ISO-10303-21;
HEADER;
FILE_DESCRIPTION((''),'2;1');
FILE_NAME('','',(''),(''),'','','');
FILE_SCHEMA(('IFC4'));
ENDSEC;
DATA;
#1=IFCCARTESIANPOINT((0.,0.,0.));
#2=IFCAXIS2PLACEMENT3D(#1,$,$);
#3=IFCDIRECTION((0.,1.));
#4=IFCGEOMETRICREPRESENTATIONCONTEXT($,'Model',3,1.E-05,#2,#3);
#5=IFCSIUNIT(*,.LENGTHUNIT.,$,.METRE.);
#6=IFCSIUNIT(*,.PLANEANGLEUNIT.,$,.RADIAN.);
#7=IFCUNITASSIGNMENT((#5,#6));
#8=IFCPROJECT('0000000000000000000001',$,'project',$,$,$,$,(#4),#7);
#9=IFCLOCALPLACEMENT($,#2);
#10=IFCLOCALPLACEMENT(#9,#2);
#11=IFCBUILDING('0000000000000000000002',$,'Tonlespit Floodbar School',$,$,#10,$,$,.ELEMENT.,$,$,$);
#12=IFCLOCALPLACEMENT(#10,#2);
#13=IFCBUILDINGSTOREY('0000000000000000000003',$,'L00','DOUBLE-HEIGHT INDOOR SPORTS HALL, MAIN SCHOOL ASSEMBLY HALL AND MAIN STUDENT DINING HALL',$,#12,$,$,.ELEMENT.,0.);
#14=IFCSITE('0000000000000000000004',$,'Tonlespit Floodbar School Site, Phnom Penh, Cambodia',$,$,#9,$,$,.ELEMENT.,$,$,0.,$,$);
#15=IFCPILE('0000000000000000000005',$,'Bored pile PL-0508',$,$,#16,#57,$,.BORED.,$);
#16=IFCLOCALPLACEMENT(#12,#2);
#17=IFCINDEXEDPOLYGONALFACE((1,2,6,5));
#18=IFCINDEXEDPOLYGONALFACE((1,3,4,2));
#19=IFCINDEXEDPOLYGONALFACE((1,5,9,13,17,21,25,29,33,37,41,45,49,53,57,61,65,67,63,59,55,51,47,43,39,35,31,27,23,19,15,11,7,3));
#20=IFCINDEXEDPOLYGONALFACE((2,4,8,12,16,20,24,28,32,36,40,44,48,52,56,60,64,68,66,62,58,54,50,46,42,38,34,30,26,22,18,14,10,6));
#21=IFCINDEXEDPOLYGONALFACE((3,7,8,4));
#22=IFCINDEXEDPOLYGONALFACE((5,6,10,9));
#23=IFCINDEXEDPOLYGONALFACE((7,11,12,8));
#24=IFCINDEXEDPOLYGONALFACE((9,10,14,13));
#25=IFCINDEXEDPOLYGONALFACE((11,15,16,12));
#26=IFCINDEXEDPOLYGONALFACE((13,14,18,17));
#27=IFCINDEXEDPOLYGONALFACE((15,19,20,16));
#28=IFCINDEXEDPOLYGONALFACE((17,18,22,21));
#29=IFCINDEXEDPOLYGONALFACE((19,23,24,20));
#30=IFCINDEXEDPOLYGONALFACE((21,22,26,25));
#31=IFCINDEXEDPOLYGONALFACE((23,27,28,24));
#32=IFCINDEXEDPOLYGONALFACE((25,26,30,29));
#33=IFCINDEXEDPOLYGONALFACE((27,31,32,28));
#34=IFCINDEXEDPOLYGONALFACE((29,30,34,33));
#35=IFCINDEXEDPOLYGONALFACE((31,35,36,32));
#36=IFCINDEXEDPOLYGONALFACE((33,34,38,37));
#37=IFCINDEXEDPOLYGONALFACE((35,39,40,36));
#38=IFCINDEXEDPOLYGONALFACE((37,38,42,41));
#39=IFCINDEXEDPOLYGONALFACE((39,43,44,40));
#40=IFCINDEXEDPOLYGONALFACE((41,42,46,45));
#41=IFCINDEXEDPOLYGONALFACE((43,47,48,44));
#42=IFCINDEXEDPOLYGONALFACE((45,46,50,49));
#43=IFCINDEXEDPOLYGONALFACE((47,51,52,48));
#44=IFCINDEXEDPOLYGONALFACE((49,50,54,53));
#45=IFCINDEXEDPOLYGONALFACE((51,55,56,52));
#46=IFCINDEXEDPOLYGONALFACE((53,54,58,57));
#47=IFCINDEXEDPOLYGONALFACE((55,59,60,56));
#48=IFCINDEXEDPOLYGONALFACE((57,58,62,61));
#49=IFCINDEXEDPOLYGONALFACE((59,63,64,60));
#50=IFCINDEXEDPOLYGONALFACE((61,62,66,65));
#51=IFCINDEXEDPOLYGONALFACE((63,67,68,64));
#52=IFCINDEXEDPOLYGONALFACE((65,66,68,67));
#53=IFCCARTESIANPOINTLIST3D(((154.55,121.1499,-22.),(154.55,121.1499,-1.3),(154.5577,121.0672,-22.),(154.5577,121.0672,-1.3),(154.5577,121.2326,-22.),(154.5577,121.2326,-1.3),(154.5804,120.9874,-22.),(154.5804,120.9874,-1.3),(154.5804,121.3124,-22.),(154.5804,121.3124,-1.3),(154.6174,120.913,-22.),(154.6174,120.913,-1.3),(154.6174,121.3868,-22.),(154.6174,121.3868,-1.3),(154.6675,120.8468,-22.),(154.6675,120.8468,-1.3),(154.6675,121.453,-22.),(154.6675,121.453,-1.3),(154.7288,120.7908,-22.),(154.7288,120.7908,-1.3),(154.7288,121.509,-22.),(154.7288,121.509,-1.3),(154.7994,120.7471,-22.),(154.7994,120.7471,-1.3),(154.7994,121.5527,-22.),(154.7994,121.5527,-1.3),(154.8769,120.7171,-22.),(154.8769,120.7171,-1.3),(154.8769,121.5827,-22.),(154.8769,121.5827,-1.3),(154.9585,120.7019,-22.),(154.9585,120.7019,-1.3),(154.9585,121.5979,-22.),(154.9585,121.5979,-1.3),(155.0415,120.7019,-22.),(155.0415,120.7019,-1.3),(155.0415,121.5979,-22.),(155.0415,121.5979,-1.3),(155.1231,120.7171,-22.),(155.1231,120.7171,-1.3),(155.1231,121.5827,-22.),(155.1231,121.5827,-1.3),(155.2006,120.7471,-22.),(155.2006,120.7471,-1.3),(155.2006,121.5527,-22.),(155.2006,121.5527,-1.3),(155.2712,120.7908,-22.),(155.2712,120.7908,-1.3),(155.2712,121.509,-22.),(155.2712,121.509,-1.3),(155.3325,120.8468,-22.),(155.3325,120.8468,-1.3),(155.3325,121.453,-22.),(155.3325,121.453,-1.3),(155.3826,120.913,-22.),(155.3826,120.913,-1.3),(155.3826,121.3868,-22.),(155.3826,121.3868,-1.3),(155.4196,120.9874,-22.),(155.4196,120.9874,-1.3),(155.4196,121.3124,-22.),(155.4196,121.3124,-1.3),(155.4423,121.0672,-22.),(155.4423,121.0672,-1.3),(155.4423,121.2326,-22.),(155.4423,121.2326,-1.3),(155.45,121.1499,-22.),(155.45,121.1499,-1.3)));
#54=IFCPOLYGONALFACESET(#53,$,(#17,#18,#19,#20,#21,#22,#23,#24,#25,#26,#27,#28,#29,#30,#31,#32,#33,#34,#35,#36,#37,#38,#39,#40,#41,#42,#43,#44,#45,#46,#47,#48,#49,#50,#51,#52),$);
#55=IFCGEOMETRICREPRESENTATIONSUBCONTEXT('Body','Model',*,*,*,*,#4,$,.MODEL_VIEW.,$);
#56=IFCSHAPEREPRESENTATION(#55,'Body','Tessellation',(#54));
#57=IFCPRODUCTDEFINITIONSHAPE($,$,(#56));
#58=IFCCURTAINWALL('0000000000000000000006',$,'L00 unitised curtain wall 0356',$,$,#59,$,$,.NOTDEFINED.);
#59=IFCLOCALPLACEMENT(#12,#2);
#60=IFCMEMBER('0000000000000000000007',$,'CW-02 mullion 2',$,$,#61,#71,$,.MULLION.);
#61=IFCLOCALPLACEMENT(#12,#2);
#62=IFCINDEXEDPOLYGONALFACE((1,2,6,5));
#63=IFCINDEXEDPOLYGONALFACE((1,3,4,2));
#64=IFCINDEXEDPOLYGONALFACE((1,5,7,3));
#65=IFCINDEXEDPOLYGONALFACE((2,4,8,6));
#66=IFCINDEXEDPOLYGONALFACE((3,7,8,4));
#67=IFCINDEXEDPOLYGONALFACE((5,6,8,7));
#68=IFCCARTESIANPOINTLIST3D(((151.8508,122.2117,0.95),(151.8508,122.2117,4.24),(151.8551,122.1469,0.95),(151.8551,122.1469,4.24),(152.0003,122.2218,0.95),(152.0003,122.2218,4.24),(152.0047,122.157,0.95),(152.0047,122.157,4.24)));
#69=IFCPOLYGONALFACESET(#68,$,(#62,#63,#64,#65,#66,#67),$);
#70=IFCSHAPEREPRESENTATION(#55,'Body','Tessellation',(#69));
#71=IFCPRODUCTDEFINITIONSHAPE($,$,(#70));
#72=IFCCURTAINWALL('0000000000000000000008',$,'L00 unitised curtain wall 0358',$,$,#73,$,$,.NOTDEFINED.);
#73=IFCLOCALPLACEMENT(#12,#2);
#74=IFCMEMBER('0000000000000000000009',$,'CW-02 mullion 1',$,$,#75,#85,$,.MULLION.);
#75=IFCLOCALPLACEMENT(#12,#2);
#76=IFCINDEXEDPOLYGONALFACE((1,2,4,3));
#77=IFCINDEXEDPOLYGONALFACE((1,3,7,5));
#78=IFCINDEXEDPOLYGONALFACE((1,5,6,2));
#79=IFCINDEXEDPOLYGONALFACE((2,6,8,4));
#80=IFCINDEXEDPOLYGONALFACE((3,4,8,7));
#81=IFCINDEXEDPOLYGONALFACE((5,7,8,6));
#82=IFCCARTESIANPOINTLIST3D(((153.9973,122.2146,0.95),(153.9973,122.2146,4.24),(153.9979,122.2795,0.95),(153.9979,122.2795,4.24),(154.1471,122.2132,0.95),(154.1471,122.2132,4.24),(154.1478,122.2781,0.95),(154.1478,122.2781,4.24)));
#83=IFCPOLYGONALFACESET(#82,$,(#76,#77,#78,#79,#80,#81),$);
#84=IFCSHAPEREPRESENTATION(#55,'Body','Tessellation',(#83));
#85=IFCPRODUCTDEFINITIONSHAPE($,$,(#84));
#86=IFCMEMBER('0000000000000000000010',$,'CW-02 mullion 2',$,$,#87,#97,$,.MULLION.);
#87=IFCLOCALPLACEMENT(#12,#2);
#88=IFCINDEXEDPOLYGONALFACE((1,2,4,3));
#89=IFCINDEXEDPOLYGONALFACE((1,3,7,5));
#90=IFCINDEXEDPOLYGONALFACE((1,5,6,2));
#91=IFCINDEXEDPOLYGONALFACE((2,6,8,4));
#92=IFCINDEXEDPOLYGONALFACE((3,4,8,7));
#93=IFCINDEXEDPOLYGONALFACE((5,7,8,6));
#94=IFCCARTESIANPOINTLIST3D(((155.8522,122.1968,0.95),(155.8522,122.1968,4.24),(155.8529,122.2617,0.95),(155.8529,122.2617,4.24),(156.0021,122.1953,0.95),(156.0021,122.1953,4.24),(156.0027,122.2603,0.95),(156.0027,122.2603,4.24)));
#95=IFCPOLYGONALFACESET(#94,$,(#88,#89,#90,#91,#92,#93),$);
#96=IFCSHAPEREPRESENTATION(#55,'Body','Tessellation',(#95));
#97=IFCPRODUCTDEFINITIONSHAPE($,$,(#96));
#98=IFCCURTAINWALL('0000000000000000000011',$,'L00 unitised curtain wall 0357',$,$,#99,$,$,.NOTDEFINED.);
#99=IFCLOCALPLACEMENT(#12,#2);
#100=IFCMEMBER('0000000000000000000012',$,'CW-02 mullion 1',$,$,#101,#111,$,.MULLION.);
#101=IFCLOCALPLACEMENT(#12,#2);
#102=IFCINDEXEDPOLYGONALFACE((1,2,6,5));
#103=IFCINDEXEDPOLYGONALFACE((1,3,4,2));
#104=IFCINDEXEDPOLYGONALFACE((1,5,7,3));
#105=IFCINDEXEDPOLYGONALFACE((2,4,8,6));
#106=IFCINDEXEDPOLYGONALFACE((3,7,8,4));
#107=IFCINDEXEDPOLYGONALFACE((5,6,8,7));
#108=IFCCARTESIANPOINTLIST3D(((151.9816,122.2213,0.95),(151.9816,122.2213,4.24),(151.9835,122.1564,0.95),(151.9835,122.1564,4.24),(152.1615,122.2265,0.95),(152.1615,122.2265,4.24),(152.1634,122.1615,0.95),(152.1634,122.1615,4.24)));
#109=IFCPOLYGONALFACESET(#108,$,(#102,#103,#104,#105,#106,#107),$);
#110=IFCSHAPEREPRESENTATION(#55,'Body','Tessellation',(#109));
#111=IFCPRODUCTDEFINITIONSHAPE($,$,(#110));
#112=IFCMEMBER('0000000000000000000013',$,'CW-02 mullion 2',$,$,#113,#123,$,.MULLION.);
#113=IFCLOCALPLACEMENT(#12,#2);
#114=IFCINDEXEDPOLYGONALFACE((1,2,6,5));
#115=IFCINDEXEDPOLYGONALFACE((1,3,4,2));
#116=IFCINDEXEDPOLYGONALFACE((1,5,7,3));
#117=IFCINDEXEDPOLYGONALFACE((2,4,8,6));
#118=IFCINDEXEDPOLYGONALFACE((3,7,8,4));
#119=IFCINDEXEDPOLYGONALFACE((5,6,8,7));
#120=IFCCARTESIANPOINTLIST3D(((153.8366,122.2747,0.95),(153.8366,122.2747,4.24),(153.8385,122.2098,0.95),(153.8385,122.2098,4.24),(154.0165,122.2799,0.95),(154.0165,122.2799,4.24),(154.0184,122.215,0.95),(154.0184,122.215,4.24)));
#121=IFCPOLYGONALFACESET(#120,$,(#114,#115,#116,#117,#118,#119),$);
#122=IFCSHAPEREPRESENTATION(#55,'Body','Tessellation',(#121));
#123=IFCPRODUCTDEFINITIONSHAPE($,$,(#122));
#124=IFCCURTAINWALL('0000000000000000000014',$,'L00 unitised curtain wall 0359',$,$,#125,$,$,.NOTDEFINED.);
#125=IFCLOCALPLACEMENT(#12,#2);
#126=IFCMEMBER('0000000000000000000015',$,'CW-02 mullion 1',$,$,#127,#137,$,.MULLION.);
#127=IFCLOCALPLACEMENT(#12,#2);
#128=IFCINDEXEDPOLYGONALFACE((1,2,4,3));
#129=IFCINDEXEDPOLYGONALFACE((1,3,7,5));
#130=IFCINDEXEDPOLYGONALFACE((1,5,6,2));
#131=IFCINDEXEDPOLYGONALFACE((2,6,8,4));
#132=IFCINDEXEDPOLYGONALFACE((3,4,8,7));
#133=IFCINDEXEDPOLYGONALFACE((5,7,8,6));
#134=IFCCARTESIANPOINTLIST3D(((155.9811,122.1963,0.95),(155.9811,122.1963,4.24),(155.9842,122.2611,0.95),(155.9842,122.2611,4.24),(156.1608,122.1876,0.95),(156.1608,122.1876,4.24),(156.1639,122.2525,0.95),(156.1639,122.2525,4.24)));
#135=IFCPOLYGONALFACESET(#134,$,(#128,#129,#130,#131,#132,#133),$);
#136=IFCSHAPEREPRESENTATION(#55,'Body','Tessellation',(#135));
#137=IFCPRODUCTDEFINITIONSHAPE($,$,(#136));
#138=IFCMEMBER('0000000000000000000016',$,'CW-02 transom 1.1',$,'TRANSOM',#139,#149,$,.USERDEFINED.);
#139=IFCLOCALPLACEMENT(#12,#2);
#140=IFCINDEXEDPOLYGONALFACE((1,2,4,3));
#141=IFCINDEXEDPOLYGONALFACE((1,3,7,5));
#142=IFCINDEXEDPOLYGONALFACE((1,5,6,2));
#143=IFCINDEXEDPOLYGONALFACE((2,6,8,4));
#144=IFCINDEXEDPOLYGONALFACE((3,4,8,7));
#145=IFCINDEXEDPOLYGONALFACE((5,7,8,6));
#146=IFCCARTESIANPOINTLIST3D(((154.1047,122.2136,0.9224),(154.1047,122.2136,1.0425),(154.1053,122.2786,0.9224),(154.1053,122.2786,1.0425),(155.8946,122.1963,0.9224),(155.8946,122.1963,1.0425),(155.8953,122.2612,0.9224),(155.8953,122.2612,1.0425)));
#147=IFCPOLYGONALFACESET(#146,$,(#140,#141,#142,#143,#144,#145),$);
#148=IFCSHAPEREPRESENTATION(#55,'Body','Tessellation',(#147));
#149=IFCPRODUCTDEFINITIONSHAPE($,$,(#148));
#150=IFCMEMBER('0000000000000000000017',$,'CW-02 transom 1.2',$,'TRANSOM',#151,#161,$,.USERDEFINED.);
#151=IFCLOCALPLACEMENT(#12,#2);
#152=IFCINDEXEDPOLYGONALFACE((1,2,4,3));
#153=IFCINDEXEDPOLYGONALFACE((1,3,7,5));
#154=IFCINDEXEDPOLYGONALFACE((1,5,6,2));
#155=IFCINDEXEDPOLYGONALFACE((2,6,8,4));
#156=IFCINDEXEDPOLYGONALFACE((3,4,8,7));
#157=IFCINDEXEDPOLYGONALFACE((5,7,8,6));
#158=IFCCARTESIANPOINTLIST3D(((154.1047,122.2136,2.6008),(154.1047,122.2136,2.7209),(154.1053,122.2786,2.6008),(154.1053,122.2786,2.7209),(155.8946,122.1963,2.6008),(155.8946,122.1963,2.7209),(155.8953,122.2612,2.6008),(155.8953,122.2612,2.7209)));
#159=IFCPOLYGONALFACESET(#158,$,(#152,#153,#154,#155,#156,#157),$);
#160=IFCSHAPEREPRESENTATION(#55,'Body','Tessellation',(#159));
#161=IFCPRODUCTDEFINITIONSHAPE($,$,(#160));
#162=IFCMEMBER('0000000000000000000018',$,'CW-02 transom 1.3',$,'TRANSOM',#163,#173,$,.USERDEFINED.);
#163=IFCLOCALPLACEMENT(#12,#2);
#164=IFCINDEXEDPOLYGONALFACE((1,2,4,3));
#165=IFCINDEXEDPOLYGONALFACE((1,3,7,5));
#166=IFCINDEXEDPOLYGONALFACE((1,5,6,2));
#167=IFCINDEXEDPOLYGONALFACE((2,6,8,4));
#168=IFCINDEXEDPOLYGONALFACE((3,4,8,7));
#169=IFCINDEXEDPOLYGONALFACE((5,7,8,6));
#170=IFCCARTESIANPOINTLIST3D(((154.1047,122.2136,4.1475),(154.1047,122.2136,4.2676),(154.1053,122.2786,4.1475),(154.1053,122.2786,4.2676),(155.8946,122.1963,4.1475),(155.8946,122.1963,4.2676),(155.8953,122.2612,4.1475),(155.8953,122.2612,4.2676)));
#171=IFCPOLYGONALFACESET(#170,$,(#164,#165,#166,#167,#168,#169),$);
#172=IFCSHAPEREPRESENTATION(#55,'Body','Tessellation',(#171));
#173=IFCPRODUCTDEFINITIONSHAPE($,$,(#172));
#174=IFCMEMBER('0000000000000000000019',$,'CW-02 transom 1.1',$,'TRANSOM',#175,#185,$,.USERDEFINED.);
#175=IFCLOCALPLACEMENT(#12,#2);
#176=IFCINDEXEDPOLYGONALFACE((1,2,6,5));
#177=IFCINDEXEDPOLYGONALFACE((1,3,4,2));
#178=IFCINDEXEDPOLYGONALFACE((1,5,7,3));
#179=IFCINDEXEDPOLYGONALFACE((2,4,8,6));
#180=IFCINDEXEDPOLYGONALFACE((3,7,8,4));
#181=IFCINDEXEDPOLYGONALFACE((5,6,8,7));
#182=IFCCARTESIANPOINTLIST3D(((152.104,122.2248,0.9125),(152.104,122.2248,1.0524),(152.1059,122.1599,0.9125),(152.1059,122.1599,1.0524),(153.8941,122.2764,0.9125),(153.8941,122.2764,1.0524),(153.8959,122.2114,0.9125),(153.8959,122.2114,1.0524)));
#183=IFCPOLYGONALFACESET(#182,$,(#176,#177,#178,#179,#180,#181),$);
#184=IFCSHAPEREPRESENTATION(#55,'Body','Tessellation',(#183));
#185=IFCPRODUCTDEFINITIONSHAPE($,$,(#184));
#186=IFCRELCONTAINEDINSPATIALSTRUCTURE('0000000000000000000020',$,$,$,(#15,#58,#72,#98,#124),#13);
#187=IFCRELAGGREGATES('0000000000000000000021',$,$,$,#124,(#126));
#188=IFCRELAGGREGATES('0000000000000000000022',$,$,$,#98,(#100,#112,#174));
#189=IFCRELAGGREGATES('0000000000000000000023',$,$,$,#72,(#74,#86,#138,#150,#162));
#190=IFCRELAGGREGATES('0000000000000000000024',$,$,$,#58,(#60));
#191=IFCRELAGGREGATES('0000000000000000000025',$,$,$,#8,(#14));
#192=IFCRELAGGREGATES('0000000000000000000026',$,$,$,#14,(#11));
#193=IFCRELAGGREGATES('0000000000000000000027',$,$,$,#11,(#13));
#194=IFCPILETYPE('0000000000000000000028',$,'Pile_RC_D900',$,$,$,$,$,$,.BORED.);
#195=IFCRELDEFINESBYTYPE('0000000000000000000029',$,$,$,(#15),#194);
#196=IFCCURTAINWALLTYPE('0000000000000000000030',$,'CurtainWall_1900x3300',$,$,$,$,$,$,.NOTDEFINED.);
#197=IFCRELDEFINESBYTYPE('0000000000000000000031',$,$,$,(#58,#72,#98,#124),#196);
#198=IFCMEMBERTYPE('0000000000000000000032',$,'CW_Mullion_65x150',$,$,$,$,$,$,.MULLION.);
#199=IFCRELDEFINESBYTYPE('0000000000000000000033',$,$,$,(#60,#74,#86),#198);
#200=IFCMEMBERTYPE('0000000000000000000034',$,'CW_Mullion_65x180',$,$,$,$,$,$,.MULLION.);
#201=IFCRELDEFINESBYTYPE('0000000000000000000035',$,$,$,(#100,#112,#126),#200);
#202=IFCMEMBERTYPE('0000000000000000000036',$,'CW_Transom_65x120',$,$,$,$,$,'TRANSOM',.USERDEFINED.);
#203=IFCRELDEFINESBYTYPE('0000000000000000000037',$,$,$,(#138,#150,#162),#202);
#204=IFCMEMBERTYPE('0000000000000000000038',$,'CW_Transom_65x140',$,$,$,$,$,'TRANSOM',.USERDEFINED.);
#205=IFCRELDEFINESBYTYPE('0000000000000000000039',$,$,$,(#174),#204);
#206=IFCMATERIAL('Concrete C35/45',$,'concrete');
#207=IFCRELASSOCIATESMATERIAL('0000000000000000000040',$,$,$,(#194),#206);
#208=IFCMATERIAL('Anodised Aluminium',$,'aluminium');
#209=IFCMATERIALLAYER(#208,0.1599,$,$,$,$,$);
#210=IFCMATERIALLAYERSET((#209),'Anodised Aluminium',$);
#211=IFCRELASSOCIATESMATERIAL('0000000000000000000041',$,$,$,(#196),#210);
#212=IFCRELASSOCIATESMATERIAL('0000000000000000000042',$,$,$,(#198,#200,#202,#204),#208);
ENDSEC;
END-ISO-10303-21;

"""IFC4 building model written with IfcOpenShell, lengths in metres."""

from ifc_helpers import new_model, si_unit, direction, frame, origin, origin_2d, place, context, subcontext, project, spatial, rectangle, circle, extrude, material, layer, layer_set, material_profile, profile_set, type_object, element, aggregate, save


model = new_model("IFC4")

# Units and contexts
model_context = context("Model", 3, precision=1e-05, world=origin(), true_north=direction((0.0, 1.0)))
body_context = subcontext(model_context, "Body", "Model", "MODEL_VIEW")
ifc_project = project(units=[si_unit("LENGTHUNIT", "METRE"), si_unit("PLANEANGLEUNIT", "RADIAN")], contexts=[model_context])

# Site, building, storey
site_placement = place(None, origin())
site = spatial("IfcSite", under=ifc_project, at=site_placement, Name="Tonlespit Floodbar School Site, Phnom Penh, Cambodia", CompositionType="ELEMENT", RefElevation=0.0)
building_placement = place(site_placement, origin())
building = spatial("IfcBuilding", under=site, at=building_placement, Name="Tonlespit Floodbar School", CompositionType="ELEMENT")
storey_placement = place(building_placement, origin())
storey = spatial("IfcBuildingStorey", under=building, at=storey_placement, Name="L00", Description="DOUBLE-HEIGHT INDOOR SPORTS HALL, MAIN SCHOOL ASSEMBLY HALL AND MAIN STUDENT DINING HALL", CompositionType="ELEMENT", Elevation=0.0)

# Pile
ifc_material_1 = material(Name="Concrete C35/45", Category="concrete")
ifc_material_profile_1 = material_profile(ifc_material_1, circle(Radius=0.45, at=origin_2d()), Name="BP D900")
ifc_profile_set_1 = profile_set([ifc_material_profile_1], Name="Concrete C35/45")
pile_type = type_object("IfcPileType", Name="Pile_RC_D900", PredefinedType="BORED", material=ifc_profile_set_1)
pile_placement = place(storey_placement, frame((155.0, 121.1499, -1.3), z_axis=(0.0, 0.0, -1.0), x_axis=(1.0, 0.0, 0.0)))
element("IfcPile", 1, at=pile_placement, inside=storey, type_object=pile_type, Name="Bored pile PL-0508", PredefinedType="BORED", context=body_context, shape_type="SweptSolid", body=[
    extrude(circle(Radius=0.45, at=origin_2d()), origin(), (0.0, 0.0, 1.0), 20.7),
])

# Curtain wall, member
ifc_material_2 = material(Name="Anodised Aluminium", Category="aluminium")
ifc_layer_1 = layer(ifc_material_2, 0.1599)
ifc_layer_set_1 = layer_set([ifc_layer_1], Name="Anodised Aluminium")
curtain_wall_type = type_object("IfcCurtainWallType", Name="CurtainWall_1900x3300", PredefinedType="NOTDEFINED", material=ifc_layer_set_1)
curtain_wall_1_placement = place(storey_placement, origin())
curtain_wall_1 = element("IfcCurtainWall", 2, at=curtain_wall_1_placement, inside=storey, type_object=curtain_wall_type, Name="L00 unitised curtain wall 0356", PredefinedType="NOTDEFINED")
ifc_material_profile_2 = material_profile(ifc_material_2, rectangle(XDim=0.0649, YDim=0.1499, at=origin_2d()), Name="ALU M65x150")
ifc_profile_set_2 = profile_set([ifc_material_profile_2], Name="Anodised Aluminium")
member_type_1 = type_object("IfcMemberType", Name="CW_Mullion_65x150", PredefinedType="MULLION", material=ifc_profile_set_2)
member_1_placement = place(storey_placement, frame((151.9277, 122.1843, 0.95), z_axis=(0.0, 0.0, 1.0), x_axis=(-0.06734, 0.99773, 0.0)))
member_1 = element("IfcMember", 3, at=member_1_placement, type_object=member_type_1, Name="CW-02 mullion 2", PredefinedType="MULLION", context=body_context, shape_type="SweptSolid", body=[
    extrude(rectangle(XDim=0.0649, YDim=0.1499, at=origin_2d()), origin(), (0.0, 0.0, 1.0), 3.29),
])

# Curtain walls, members
curtain_wall_2_placement = place(storey_placement, origin())
curtain_wall_2 = element("IfcCurtainWall", 4, at=curtain_wall_2_placement, inside=storey, type_object=curtain_wall_type, Name="L00 unitised curtain wall 0358", PredefinedType="NOTDEFINED")
member_2_placement = place(storey_placement, frame((154.0725, 122.2463, 0.95), z_axis=(0.0, 0.0, 1.0), x_axis=(0.009583, 0.999954, 0.0)))
member_2 = element("IfcMember", 5, at=member_2_placement, type_object=member_type_1, Name="CW-02 mullion 1", PredefinedType="MULLION", context=body_context, shape_type="SweptSolid", body=[
    extrude(rectangle(XDim=0.0649, YDim=0.1499, at=origin_2d()), origin(), (0.0, 0.0, 1.0), 3.29),
])
member_3_placement = place(storey_placement, frame((155.9275, 122.2285, 0.95), z_axis=(0.0, 0.0, 1.0), x_axis=(0.009583, 0.999954, 0.0)))
member_3 = element("IfcMember", 6, at=member_3_placement, type_object=member_type_1, Name="CW-02 mullion 2", PredefinedType="MULLION", context=body_context, shape_type="SweptSolid", body=[
    extrude(rectangle(XDim=0.0649, YDim=0.1499, at=origin_2d()), origin(), (0.0, 0.0, 1.0), 3.29),
])
curtain_wall_3_placement = place(storey_placement, origin())
curtain_wall_3 = element("IfcCurtainWall", 7, at=curtain_wall_3_placement, inside=storey, type_object=curtain_wall_type, Name="L00 unitised curtain wall 0357", PredefinedType="NOTDEFINED")
ifc_material_profile_3 = material_profile(ifc_material_2, rectangle(XDim=0.0649, YDim=0.1799, at=origin_2d()), Name="ALU M65x180")
ifc_profile_set_3 = profile_set([ifc_material_profile_3], Name="Anodised Aluminium")
member_type_2 = type_object("IfcMemberType", Name="CW_Mullion_65x180", PredefinedType="MULLION", material=ifc_profile_set_3)
member_4_placement = place(storey_placement, frame((152.0725, 122.1914, 0.95), z_axis=(0.0, 0.0, 1.0), x_axis=(-0.02879, 0.999585, 0.0)))
member_4 = element("IfcMember", 8, at=member_4_placement, type_object=member_type_2, Name="CW-02 mullion 1", PredefinedType="MULLION", context=body_context, shape_type="SweptSolid", body=[
    extrude(rectangle(XDim=0.0649, YDim=0.1799, at=origin_2d()), origin(), (0.0, 0.0, 1.0), 3.29),
])
member_5_placement = place(storey_placement, frame((153.9275, 122.2449, 0.95), z_axis=(0.0, 0.0, 1.0), x_axis=(-0.02879, 0.999585, 0.0)))
member_5 = element("IfcMember", 9, at=member_5_placement, type_object=member_type_2, Name="CW-02 mullion 2", PredefinedType="MULLION", context=body_context, shape_type="SweptSolid", body=[
    extrude(rectangle(XDim=0.0649, YDim=0.1799, at=origin_2d()), origin(), (0.0, 0.0, 1.0), 3.29),
])

# Curtain wall, member
curtain_wall_4_placement = place(storey_placement, origin())
curtain_wall_4 = element("IfcCurtainWall", 10, at=curtain_wall_4_placement, inside=storey, type_object=curtain_wall_type, Name="L00 unitised curtain wall 0359", PredefinedType="NOTDEFINED")
member_6_placement = place(storey_placement, frame((156.0725, 122.2244, 0.95), z_axis=(0.0, 0.0, 1.0), x_axis=(0.048121, 0.998842, 0.0)))
member_6 = element("IfcMember", 11, at=member_6_placement, type_object=member_type_2, Name="CW-02 mullion 1", PredefinedType="MULLION", context=body_context, shape_type="SweptSolid", body=[
    extrude(rectangle(XDim=0.0649, YDim=0.1799, at=origin_2d()), origin(), (0.0, 0.0, 1.0), 3.29),
])

# Members
ifc_material_profile_4 = material_profile(ifc_material_2, rectangle(XDim=0.0649, YDim=0.1201, at=origin_2d()), Name="ALU T65x120")
ifc_profile_set_4 = profile_set([ifc_material_profile_4], Name="Anodised Aluminium")
member_type_3 = type_object("IfcMemberType", Name="CW_Transom_65x120", ElementType="TRANSOM", PredefinedType="USERDEFINED", material=ifc_profile_set_4)
member_7_placement = place(storey_placement, frame((154.105, 122.2461, 0.9824), z_axis=(0.999953, -0.009683, 0.0), x_axis=(0.009683, 0.999953, 0.0)))
member_7 = element("IfcMember", 12, at=member_7_placement, type_object=member_type_3, Name="CW-02 transom 1.1", ObjectType="TRANSOM", PredefinedType="USERDEFINED", context=body_context, shape_type="SweptSolid", body=[
    extrude(rectangle(XDim=0.0649, YDim=0.1201, at=origin_2d()), origin(), (0.0, 0.0, 1.0), 1.79),
])
member_8_placement = place(storey_placement, frame((154.105, 122.2461, 2.6609), z_axis=(0.999953, -0.009683, 0.0), x_axis=(0.009683, 0.999953, 0.0)))
member_8 = element("IfcMember", 13, at=member_8_placement, type_object=member_type_3, Name="CW-02 transom 1.2", ObjectType="TRANSOM", PredefinedType="USERDEFINED", context=body_context, shape_type="SweptSolid", body=[
    extrude(rectangle(XDim=0.0649, YDim=0.1201, at=origin_2d()), origin(), (0.0, 0.0, 1.0), 1.79),
])
member_9_placement = place(storey_placement, frame((154.105, 122.2461, 4.2075), z_axis=(0.999953, -0.009683, 0.0), x_axis=(0.009683, 0.999953, 0.0)))
member_9 = element("IfcMember", 14, at=member_9_placement, type_object=member_type_3, Name="CW-02 transom 1.3", ObjectType="TRANSOM", PredefinedType="USERDEFINED", context=body_context, shape_type="SweptSolid", body=[
    extrude(rectangle(XDim=0.0649, YDim=0.1201, at=origin_2d()), origin(), (0.0, 0.0, 1.0), 1.79),
])
ifc_material_profile_5 = material_profile(ifc_material_2, rectangle(XDim=0.0649, YDim=0.1399, at=origin_2d()), Name="ALU T65x140")
ifc_profile_set_5 = profile_set([ifc_material_profile_5], Name="Anodised Aluminium")
member_type_4 = type_object("IfcMemberType", Name="CW_Transom_65x140", ElementType="TRANSOM", PredefinedType="USERDEFINED", material=ifc_profile_set_5)
member_10_placement = place(storey_placement, frame((152.105, 122.1924, 0.9824), z_axis=(0.999586, 0.028766, 0.0), x_axis=(-0.028766, 0.999586, 0.0)))
member_10 = element("IfcMember", 15, at=member_10_placement, type_object=member_type_4, Name="CW-02 transom 1.1", ObjectType="TRANSOM", PredefinedType="USERDEFINED", context=body_context, shape_type="SweptSolid", body=[
    extrude(rectangle(XDim=0.0649, YDim=0.1399, at=origin_2d()), origin(), (0.0, 0.0, 1.0), 1.7908),
])
aggregate(curtain_wall_4, [member_6])

aggregate(curtain_wall_3, [member_4, member_5, member_10])
aggregate(curtain_wall_2, [member_2, member_3, member_7, member_8, member_9])
aggregate(curtain_wall_1, [member_1])

save(model, "model.ifc")
